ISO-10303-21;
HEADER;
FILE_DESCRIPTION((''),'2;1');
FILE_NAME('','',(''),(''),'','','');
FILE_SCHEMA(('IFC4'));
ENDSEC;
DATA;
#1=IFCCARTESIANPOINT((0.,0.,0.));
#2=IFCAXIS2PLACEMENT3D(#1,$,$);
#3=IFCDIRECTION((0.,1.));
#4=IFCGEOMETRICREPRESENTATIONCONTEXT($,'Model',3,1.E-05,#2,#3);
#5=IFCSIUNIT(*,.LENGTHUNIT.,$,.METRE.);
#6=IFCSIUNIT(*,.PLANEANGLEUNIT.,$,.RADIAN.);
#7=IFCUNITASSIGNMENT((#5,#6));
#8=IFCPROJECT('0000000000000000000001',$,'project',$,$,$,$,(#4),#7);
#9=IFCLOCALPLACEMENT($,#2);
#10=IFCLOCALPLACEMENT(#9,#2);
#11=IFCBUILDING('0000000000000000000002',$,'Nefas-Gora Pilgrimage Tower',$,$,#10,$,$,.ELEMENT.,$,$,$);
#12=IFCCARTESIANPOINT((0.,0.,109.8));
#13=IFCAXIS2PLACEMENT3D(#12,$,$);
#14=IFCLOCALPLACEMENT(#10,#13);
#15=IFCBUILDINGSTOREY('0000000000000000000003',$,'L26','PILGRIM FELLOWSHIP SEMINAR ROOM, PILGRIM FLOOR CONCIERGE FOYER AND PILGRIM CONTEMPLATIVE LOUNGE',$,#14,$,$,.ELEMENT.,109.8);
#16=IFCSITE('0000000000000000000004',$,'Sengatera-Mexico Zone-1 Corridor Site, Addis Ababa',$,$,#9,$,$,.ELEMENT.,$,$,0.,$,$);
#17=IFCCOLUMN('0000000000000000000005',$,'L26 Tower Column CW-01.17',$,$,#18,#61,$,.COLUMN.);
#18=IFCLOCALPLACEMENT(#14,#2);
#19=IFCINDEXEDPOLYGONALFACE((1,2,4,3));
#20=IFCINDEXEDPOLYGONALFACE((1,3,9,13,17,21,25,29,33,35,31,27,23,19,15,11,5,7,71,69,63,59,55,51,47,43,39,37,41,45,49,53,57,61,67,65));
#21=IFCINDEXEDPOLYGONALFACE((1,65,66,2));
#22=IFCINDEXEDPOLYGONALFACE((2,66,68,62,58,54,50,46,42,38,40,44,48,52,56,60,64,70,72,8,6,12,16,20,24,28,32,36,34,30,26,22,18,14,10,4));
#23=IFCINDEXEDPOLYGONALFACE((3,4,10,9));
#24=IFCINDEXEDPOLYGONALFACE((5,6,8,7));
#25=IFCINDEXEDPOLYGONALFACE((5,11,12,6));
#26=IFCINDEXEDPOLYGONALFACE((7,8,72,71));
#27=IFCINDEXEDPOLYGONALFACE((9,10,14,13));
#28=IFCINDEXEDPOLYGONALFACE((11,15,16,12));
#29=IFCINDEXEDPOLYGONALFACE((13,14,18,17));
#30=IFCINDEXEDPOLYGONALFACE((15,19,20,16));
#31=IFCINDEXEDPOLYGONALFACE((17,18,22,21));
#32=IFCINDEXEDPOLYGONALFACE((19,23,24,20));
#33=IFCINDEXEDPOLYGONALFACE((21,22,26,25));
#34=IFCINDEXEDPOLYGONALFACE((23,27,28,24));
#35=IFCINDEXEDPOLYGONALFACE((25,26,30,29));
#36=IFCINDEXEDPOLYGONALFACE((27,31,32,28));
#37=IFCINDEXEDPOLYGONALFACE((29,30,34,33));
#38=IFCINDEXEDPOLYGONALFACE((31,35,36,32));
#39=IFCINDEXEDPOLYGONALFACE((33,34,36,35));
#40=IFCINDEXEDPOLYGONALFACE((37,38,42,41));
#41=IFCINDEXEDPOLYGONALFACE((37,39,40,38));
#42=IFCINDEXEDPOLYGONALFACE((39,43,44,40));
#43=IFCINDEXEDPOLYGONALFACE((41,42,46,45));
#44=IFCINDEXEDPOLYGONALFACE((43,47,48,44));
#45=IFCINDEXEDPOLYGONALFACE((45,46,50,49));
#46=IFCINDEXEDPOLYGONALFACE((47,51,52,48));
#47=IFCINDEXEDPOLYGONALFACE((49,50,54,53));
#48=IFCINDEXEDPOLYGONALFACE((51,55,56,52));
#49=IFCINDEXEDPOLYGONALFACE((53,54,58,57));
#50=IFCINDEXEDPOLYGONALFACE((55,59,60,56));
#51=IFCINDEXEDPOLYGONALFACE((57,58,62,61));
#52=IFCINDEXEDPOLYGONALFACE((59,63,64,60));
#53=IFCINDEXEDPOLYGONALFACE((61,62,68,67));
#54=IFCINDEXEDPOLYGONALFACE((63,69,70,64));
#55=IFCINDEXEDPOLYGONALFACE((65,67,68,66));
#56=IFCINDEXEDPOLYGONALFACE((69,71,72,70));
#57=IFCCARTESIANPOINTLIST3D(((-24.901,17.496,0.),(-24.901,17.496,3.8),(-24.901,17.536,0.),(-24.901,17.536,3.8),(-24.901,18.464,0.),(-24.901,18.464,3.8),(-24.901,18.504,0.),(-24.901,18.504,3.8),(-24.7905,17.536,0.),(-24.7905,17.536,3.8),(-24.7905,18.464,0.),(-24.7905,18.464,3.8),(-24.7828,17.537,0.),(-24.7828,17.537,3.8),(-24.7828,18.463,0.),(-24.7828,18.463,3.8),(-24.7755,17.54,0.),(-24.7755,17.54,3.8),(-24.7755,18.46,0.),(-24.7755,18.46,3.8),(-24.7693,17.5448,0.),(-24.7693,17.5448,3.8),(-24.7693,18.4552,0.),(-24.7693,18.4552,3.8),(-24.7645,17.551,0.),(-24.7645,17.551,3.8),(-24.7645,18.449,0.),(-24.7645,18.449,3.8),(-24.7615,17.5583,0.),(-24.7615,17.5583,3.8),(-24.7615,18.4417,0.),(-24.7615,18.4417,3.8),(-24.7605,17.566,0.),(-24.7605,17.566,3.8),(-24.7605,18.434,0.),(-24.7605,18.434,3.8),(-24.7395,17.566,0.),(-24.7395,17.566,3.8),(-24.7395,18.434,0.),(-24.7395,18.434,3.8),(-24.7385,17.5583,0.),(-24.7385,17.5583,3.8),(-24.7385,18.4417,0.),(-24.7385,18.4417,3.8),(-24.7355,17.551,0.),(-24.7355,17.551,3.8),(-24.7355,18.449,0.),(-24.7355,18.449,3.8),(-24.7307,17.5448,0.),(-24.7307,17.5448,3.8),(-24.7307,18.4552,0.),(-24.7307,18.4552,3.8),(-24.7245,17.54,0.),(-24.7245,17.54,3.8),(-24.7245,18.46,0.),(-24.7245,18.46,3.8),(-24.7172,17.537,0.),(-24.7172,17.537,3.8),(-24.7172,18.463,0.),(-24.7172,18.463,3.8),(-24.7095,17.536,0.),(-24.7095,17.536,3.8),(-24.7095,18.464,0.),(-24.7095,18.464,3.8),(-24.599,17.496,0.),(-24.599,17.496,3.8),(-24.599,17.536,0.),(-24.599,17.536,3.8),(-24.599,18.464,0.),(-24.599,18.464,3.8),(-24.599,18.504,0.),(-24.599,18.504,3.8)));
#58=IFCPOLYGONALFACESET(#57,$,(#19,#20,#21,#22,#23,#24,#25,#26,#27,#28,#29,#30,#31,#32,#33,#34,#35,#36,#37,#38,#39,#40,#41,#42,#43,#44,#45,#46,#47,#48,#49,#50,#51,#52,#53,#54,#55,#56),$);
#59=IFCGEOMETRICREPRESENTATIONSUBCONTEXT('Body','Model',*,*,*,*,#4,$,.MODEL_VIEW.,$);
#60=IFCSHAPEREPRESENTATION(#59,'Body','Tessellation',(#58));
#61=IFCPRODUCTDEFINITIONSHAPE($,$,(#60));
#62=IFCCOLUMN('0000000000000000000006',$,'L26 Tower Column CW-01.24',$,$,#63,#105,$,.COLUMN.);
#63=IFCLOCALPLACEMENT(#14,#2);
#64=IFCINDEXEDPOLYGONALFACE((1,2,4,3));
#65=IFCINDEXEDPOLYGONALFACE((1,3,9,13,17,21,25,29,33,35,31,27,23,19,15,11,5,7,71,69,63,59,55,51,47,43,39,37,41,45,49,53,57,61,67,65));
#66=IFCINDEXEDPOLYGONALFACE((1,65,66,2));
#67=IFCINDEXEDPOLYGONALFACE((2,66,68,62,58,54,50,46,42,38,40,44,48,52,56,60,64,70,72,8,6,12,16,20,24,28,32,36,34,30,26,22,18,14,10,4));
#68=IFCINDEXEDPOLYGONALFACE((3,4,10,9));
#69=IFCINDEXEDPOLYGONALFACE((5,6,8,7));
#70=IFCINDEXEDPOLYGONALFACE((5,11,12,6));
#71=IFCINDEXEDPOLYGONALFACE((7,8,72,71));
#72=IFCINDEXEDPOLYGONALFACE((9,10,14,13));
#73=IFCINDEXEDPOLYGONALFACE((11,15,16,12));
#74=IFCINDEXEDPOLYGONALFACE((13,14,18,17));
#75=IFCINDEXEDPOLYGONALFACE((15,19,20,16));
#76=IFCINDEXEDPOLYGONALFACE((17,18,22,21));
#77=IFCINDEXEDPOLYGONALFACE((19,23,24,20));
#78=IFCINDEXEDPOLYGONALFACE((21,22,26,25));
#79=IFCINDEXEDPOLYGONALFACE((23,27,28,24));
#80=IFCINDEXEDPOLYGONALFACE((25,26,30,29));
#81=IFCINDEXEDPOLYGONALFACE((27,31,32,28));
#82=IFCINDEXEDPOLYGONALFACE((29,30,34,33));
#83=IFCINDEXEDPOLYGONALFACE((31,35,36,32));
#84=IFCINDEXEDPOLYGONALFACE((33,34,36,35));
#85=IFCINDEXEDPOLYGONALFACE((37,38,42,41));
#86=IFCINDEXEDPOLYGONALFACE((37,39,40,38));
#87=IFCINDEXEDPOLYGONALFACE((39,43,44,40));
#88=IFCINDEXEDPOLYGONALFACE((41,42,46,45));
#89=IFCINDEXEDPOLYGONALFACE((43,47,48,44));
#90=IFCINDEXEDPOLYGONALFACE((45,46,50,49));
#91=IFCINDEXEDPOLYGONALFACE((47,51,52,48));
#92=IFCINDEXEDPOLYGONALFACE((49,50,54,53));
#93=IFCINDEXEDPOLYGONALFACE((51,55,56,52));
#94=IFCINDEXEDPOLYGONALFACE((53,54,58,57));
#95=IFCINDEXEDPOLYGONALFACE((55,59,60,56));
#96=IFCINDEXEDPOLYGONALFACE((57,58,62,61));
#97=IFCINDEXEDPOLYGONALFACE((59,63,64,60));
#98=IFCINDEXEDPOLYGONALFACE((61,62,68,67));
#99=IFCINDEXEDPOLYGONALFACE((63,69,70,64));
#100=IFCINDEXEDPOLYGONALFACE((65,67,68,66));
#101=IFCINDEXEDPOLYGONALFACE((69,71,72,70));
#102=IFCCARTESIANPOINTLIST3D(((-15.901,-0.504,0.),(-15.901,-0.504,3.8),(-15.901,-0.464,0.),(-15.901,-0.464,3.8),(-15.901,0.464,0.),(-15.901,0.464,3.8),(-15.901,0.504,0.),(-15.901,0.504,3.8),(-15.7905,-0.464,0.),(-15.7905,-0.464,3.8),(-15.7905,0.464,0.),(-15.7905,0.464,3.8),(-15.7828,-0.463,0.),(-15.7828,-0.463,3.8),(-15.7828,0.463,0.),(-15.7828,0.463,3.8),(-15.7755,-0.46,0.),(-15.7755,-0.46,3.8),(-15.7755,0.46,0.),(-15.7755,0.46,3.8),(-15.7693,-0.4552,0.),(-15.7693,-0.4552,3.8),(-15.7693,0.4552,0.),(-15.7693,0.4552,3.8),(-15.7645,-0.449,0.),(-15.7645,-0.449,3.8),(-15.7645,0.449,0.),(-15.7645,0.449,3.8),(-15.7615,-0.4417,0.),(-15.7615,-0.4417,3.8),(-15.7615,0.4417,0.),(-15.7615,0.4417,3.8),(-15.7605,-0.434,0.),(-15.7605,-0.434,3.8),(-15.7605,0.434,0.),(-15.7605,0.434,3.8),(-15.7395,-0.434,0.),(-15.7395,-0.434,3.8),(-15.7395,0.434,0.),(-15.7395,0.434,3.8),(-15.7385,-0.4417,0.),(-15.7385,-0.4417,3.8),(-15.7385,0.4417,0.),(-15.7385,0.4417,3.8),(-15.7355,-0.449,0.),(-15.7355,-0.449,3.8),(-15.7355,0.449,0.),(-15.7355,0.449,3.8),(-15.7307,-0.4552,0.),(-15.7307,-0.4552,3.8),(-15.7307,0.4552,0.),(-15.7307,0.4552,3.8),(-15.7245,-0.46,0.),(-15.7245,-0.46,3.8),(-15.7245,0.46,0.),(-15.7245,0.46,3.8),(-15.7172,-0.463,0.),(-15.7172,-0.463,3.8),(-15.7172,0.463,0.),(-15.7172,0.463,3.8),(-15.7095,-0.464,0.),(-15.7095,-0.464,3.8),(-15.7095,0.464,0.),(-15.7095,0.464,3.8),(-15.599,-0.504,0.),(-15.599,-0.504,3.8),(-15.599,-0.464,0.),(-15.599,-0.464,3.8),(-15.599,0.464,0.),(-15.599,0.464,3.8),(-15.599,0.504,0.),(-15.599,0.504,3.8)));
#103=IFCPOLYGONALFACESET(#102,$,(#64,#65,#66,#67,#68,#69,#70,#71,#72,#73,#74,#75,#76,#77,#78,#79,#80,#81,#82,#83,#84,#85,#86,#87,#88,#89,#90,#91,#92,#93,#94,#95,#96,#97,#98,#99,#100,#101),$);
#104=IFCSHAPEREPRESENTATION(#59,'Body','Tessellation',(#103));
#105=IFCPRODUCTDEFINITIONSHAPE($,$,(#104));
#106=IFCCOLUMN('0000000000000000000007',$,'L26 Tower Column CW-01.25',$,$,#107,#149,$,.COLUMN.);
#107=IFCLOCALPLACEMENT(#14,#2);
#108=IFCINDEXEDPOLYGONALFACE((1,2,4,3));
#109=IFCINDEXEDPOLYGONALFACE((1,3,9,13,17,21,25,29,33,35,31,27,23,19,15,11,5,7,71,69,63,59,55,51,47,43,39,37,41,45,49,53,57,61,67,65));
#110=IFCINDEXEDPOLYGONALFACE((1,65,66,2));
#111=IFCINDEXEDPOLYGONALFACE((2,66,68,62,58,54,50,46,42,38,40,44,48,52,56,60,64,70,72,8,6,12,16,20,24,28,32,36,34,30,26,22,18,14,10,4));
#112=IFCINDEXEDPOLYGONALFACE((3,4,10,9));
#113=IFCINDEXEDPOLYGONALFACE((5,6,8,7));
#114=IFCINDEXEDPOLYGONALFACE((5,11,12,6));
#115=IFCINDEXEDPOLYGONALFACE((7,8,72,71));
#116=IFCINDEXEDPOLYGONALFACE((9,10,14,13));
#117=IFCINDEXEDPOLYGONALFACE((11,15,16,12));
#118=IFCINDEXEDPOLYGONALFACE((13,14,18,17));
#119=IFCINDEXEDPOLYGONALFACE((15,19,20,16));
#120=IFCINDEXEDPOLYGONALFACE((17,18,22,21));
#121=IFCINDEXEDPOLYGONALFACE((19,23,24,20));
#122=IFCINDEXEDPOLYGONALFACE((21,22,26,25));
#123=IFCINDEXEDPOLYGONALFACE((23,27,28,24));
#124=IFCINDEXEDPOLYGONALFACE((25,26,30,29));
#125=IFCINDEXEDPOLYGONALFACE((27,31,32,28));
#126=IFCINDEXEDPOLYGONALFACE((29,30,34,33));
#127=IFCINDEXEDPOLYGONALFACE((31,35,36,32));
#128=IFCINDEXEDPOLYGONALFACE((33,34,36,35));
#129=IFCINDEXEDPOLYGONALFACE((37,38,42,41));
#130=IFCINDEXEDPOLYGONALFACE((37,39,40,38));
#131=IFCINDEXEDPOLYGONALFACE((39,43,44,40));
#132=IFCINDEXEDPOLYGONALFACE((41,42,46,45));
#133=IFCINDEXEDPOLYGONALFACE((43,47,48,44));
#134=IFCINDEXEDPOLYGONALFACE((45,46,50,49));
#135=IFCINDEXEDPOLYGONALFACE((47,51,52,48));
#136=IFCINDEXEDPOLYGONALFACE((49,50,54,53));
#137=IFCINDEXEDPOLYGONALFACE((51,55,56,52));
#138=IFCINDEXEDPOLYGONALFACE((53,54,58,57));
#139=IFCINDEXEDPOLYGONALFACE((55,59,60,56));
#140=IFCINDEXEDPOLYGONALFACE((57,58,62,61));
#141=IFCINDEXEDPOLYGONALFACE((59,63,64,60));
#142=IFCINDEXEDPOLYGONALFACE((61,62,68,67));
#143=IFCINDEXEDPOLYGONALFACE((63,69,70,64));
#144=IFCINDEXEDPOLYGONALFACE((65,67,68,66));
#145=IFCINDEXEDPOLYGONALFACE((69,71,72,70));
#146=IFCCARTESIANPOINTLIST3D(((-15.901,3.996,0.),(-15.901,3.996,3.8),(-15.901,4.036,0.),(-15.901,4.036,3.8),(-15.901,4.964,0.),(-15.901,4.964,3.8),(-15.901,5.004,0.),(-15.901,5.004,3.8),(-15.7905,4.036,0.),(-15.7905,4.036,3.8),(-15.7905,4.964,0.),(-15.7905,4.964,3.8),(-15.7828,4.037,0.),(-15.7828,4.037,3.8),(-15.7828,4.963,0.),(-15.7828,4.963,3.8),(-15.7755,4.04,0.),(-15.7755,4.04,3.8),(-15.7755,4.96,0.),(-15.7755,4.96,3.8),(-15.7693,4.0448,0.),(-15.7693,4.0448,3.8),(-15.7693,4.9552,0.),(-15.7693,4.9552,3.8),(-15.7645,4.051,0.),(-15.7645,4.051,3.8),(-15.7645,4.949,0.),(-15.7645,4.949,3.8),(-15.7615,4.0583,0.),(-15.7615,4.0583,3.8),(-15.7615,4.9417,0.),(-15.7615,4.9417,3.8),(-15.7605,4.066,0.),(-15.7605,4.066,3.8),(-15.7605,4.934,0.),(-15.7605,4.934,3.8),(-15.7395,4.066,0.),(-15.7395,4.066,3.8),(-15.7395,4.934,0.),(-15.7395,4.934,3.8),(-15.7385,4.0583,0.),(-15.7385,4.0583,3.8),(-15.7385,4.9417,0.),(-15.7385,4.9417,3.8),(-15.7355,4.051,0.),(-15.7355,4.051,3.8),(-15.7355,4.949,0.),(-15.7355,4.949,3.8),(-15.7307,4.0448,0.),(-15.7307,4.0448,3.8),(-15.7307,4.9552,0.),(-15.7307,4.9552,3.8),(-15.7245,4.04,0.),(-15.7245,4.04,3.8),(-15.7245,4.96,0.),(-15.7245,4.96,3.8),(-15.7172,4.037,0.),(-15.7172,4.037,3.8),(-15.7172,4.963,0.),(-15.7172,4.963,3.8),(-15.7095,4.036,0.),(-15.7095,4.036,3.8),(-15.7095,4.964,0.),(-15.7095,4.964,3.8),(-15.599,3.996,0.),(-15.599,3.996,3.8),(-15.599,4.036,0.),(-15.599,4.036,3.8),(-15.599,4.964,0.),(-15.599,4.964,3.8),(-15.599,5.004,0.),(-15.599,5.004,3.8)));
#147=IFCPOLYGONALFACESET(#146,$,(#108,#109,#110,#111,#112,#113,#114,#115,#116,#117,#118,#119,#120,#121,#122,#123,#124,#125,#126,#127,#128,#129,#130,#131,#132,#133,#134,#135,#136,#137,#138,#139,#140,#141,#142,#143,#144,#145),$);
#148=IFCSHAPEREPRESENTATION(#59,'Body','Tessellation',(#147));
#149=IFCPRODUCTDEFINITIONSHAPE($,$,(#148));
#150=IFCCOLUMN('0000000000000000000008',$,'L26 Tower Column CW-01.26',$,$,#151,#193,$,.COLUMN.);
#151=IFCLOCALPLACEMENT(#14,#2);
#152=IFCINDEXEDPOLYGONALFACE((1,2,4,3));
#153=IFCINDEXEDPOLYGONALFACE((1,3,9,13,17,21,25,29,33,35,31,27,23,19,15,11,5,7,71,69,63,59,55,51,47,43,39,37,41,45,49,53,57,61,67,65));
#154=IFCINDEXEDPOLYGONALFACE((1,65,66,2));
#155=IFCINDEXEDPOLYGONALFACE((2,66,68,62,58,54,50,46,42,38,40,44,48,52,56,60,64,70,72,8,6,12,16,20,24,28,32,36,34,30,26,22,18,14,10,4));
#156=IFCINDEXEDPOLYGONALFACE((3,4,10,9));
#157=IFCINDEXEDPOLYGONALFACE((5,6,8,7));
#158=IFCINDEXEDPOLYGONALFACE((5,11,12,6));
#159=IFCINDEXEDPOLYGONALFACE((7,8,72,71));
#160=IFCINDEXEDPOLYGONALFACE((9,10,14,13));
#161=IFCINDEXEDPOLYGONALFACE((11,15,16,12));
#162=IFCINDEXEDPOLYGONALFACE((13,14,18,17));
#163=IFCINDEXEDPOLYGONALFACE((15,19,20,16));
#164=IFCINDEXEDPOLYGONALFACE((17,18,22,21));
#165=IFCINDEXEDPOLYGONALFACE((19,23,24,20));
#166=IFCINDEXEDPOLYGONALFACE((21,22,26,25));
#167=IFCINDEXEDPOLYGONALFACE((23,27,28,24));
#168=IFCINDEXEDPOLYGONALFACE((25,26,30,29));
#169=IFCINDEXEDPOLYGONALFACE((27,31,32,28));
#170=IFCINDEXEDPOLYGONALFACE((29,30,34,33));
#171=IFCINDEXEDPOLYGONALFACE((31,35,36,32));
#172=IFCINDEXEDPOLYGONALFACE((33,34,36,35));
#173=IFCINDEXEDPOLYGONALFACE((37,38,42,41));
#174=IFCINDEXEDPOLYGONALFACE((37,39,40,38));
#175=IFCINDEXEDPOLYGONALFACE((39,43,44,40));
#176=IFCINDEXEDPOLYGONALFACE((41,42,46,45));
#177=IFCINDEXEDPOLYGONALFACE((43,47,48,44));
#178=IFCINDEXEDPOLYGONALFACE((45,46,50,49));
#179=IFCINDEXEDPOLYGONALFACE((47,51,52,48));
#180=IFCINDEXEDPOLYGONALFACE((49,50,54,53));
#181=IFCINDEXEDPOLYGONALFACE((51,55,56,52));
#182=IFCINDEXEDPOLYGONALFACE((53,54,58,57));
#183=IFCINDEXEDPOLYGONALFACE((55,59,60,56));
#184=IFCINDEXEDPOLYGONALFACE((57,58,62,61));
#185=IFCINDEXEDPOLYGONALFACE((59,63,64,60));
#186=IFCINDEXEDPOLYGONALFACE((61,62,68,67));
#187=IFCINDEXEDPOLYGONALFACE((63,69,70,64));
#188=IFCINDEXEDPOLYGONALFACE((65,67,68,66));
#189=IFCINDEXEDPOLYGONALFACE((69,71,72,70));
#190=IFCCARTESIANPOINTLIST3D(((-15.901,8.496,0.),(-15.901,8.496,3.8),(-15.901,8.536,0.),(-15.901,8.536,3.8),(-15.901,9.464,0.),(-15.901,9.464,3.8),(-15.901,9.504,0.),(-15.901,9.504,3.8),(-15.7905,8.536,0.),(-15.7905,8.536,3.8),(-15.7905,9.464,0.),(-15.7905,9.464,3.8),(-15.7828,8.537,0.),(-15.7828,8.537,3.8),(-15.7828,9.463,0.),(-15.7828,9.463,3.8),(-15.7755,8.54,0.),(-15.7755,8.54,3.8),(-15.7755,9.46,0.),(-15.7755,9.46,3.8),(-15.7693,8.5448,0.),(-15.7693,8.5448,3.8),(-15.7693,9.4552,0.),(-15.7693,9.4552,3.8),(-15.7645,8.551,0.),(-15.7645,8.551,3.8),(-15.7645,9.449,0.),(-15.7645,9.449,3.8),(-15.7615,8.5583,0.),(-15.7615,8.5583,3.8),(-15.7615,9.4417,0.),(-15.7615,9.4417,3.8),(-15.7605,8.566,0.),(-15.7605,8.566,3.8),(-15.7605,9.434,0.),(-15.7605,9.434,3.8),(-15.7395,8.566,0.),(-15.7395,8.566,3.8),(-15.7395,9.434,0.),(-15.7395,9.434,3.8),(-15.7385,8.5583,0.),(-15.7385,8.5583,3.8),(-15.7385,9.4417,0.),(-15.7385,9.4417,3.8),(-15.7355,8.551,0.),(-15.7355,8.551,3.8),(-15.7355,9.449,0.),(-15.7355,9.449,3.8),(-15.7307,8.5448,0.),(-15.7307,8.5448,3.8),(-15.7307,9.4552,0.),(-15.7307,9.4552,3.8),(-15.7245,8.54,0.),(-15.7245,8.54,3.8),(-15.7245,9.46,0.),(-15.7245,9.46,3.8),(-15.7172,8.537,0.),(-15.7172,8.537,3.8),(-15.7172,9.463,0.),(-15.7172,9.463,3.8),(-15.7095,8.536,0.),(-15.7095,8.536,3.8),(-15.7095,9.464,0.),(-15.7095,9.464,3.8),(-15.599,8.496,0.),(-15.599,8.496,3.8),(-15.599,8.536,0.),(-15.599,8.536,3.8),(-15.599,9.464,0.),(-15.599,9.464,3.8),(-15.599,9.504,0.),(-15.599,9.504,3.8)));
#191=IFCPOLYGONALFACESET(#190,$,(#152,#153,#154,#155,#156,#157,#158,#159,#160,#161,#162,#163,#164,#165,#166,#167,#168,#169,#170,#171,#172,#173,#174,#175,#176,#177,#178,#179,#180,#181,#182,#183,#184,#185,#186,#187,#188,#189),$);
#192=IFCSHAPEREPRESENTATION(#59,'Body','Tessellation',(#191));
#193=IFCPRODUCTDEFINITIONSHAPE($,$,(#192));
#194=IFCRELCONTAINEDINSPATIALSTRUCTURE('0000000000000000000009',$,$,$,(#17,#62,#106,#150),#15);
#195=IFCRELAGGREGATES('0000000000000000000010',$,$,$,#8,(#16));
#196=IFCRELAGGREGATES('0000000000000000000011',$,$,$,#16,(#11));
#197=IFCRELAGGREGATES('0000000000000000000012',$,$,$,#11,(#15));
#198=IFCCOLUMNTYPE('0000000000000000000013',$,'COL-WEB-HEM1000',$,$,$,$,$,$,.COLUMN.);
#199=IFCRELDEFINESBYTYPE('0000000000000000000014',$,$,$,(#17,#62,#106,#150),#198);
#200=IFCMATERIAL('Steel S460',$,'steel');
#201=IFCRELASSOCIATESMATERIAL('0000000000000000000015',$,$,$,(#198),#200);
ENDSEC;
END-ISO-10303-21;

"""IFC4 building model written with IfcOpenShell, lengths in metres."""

from ifc_helpers import new_model, si_unit, direction, frame, origin, origin_2d, place, context, subcontext, project, spatial, i_section, extrude, source, transform, mapped, material, material_profile, profile_set, type_object, element, save


model = new_model("IFC4")

# Units and contexts
model_context = context("Model", 3, precision=1e-05, world=origin(), true_north=direction((0.0, 1.0)))
body_context = subcontext(model_context, "Body", "Model", "MODEL_VIEW")
ifc_project = project(units=[si_unit("LENGTHUNIT", "METRE"), si_unit("PLANEANGLEUNIT", "RADIAN")], contexts=[model_context])

# Site, building, storey
site_placement = place(None, origin())
site = spatial("IfcSite", under=ifc_project, at=site_placement, Name="Sengatera-Mexico Zone-1 Corridor Site, Addis Ababa", CompositionType="ELEMENT", RefElevation=0.0)
building_placement = place(site_placement, origin())
building = spatial("IfcBuilding", under=site, at=building_placement, Name="Nefas-Gora Pilgrimage Tower", CompositionType="ELEMENT")
storey_placement = place(building_placement, frame((0.0, 0.0, 109.8)))
storey = spatial("IfcBuildingStorey", under=building, at=storey_placement, Name="L26", Description="PILGRIM FELLOWSHIP SEMINAR ROOM, PILGRIM FLOOR CONCIERGE FOYER AND PILGRIM CONTEMPLATIVE LOUNGE", CompositionType="ELEMENT", Elevation=109.8)

# Columns
ifc_material_1 = material(Name="Steel S460", Category="steel")
ifc_material_profile_1 = material_profile(ifc_material_1, i_section(OverallWidth=0.302, OverallDepth=1.0081, WebThickness=0.021, FlangeThickness=0.04, FilletRadius=0.03, at=origin_2d()), Name="HEM 1000")
ifc_profile_set_1 = profile_set([ifc_material_profile_1], Name="Steel S460")
column_type_1 = type_object("IfcColumnType", Name="COL-WEB-HEM1000", PredefinedType="COLUMN", material=ifc_profile_set_1)
shared_shape_1 = source(origin(), body_context, "Body", "SweptSolid", [
    extrude(i_section(OverallWidth=0.302, OverallDepth=1.0081, WebThickness=0.021, FlangeThickness=0.04, FilletRadius=0.03, at=origin_2d()), origin(), (0.0, 0.0, 1.0), 3.8),
])
for number, where, z_axis, x_axis, name in (
    (1, (-24.75, 18.0, 0.0), (0.0, 0.0, 1.0), (1.0, 0.0, 0.0), "L26 Tower Column CW-01.17"),
    (2, (-15.75, 0.0, 0.0), (0.0, 0.0, 1.0), (1.0, 0.0, 0.0), "L26 Tower Column CW-01.24"),
    (3, (-15.75, 4.5, 0.0), (0.0, 0.0, 1.0), (1.0, 0.0, 0.0), "L26 Tower Column CW-01.25"),
    (4, (-15.75, 9.0, 0.0), (0.0, 0.0, 1.0), (1.0, 0.0, 0.0), "L26 Tower Column CW-01.26"),
):
    element("IfcColumn", number, at=place(storey_placement, frame(where, z_axis=z_axis, x_axis=x_axis)), inside=storey, type_object=column_type_1, Name=name, PredefinedType="COLUMN", context=body_context, shape_type="MappedRepresentation", body=[
        mapped(shared_shape_1, transform((0.0, 0.0, 0.0), x_axis=(1.0, 0.0, 0.0), y_axis=(0.0, 1.0, 0.0), z_axis=(0.0, 0.0, 1.0), scale=1.0)),
    ])

save(model, "model.ifc")
